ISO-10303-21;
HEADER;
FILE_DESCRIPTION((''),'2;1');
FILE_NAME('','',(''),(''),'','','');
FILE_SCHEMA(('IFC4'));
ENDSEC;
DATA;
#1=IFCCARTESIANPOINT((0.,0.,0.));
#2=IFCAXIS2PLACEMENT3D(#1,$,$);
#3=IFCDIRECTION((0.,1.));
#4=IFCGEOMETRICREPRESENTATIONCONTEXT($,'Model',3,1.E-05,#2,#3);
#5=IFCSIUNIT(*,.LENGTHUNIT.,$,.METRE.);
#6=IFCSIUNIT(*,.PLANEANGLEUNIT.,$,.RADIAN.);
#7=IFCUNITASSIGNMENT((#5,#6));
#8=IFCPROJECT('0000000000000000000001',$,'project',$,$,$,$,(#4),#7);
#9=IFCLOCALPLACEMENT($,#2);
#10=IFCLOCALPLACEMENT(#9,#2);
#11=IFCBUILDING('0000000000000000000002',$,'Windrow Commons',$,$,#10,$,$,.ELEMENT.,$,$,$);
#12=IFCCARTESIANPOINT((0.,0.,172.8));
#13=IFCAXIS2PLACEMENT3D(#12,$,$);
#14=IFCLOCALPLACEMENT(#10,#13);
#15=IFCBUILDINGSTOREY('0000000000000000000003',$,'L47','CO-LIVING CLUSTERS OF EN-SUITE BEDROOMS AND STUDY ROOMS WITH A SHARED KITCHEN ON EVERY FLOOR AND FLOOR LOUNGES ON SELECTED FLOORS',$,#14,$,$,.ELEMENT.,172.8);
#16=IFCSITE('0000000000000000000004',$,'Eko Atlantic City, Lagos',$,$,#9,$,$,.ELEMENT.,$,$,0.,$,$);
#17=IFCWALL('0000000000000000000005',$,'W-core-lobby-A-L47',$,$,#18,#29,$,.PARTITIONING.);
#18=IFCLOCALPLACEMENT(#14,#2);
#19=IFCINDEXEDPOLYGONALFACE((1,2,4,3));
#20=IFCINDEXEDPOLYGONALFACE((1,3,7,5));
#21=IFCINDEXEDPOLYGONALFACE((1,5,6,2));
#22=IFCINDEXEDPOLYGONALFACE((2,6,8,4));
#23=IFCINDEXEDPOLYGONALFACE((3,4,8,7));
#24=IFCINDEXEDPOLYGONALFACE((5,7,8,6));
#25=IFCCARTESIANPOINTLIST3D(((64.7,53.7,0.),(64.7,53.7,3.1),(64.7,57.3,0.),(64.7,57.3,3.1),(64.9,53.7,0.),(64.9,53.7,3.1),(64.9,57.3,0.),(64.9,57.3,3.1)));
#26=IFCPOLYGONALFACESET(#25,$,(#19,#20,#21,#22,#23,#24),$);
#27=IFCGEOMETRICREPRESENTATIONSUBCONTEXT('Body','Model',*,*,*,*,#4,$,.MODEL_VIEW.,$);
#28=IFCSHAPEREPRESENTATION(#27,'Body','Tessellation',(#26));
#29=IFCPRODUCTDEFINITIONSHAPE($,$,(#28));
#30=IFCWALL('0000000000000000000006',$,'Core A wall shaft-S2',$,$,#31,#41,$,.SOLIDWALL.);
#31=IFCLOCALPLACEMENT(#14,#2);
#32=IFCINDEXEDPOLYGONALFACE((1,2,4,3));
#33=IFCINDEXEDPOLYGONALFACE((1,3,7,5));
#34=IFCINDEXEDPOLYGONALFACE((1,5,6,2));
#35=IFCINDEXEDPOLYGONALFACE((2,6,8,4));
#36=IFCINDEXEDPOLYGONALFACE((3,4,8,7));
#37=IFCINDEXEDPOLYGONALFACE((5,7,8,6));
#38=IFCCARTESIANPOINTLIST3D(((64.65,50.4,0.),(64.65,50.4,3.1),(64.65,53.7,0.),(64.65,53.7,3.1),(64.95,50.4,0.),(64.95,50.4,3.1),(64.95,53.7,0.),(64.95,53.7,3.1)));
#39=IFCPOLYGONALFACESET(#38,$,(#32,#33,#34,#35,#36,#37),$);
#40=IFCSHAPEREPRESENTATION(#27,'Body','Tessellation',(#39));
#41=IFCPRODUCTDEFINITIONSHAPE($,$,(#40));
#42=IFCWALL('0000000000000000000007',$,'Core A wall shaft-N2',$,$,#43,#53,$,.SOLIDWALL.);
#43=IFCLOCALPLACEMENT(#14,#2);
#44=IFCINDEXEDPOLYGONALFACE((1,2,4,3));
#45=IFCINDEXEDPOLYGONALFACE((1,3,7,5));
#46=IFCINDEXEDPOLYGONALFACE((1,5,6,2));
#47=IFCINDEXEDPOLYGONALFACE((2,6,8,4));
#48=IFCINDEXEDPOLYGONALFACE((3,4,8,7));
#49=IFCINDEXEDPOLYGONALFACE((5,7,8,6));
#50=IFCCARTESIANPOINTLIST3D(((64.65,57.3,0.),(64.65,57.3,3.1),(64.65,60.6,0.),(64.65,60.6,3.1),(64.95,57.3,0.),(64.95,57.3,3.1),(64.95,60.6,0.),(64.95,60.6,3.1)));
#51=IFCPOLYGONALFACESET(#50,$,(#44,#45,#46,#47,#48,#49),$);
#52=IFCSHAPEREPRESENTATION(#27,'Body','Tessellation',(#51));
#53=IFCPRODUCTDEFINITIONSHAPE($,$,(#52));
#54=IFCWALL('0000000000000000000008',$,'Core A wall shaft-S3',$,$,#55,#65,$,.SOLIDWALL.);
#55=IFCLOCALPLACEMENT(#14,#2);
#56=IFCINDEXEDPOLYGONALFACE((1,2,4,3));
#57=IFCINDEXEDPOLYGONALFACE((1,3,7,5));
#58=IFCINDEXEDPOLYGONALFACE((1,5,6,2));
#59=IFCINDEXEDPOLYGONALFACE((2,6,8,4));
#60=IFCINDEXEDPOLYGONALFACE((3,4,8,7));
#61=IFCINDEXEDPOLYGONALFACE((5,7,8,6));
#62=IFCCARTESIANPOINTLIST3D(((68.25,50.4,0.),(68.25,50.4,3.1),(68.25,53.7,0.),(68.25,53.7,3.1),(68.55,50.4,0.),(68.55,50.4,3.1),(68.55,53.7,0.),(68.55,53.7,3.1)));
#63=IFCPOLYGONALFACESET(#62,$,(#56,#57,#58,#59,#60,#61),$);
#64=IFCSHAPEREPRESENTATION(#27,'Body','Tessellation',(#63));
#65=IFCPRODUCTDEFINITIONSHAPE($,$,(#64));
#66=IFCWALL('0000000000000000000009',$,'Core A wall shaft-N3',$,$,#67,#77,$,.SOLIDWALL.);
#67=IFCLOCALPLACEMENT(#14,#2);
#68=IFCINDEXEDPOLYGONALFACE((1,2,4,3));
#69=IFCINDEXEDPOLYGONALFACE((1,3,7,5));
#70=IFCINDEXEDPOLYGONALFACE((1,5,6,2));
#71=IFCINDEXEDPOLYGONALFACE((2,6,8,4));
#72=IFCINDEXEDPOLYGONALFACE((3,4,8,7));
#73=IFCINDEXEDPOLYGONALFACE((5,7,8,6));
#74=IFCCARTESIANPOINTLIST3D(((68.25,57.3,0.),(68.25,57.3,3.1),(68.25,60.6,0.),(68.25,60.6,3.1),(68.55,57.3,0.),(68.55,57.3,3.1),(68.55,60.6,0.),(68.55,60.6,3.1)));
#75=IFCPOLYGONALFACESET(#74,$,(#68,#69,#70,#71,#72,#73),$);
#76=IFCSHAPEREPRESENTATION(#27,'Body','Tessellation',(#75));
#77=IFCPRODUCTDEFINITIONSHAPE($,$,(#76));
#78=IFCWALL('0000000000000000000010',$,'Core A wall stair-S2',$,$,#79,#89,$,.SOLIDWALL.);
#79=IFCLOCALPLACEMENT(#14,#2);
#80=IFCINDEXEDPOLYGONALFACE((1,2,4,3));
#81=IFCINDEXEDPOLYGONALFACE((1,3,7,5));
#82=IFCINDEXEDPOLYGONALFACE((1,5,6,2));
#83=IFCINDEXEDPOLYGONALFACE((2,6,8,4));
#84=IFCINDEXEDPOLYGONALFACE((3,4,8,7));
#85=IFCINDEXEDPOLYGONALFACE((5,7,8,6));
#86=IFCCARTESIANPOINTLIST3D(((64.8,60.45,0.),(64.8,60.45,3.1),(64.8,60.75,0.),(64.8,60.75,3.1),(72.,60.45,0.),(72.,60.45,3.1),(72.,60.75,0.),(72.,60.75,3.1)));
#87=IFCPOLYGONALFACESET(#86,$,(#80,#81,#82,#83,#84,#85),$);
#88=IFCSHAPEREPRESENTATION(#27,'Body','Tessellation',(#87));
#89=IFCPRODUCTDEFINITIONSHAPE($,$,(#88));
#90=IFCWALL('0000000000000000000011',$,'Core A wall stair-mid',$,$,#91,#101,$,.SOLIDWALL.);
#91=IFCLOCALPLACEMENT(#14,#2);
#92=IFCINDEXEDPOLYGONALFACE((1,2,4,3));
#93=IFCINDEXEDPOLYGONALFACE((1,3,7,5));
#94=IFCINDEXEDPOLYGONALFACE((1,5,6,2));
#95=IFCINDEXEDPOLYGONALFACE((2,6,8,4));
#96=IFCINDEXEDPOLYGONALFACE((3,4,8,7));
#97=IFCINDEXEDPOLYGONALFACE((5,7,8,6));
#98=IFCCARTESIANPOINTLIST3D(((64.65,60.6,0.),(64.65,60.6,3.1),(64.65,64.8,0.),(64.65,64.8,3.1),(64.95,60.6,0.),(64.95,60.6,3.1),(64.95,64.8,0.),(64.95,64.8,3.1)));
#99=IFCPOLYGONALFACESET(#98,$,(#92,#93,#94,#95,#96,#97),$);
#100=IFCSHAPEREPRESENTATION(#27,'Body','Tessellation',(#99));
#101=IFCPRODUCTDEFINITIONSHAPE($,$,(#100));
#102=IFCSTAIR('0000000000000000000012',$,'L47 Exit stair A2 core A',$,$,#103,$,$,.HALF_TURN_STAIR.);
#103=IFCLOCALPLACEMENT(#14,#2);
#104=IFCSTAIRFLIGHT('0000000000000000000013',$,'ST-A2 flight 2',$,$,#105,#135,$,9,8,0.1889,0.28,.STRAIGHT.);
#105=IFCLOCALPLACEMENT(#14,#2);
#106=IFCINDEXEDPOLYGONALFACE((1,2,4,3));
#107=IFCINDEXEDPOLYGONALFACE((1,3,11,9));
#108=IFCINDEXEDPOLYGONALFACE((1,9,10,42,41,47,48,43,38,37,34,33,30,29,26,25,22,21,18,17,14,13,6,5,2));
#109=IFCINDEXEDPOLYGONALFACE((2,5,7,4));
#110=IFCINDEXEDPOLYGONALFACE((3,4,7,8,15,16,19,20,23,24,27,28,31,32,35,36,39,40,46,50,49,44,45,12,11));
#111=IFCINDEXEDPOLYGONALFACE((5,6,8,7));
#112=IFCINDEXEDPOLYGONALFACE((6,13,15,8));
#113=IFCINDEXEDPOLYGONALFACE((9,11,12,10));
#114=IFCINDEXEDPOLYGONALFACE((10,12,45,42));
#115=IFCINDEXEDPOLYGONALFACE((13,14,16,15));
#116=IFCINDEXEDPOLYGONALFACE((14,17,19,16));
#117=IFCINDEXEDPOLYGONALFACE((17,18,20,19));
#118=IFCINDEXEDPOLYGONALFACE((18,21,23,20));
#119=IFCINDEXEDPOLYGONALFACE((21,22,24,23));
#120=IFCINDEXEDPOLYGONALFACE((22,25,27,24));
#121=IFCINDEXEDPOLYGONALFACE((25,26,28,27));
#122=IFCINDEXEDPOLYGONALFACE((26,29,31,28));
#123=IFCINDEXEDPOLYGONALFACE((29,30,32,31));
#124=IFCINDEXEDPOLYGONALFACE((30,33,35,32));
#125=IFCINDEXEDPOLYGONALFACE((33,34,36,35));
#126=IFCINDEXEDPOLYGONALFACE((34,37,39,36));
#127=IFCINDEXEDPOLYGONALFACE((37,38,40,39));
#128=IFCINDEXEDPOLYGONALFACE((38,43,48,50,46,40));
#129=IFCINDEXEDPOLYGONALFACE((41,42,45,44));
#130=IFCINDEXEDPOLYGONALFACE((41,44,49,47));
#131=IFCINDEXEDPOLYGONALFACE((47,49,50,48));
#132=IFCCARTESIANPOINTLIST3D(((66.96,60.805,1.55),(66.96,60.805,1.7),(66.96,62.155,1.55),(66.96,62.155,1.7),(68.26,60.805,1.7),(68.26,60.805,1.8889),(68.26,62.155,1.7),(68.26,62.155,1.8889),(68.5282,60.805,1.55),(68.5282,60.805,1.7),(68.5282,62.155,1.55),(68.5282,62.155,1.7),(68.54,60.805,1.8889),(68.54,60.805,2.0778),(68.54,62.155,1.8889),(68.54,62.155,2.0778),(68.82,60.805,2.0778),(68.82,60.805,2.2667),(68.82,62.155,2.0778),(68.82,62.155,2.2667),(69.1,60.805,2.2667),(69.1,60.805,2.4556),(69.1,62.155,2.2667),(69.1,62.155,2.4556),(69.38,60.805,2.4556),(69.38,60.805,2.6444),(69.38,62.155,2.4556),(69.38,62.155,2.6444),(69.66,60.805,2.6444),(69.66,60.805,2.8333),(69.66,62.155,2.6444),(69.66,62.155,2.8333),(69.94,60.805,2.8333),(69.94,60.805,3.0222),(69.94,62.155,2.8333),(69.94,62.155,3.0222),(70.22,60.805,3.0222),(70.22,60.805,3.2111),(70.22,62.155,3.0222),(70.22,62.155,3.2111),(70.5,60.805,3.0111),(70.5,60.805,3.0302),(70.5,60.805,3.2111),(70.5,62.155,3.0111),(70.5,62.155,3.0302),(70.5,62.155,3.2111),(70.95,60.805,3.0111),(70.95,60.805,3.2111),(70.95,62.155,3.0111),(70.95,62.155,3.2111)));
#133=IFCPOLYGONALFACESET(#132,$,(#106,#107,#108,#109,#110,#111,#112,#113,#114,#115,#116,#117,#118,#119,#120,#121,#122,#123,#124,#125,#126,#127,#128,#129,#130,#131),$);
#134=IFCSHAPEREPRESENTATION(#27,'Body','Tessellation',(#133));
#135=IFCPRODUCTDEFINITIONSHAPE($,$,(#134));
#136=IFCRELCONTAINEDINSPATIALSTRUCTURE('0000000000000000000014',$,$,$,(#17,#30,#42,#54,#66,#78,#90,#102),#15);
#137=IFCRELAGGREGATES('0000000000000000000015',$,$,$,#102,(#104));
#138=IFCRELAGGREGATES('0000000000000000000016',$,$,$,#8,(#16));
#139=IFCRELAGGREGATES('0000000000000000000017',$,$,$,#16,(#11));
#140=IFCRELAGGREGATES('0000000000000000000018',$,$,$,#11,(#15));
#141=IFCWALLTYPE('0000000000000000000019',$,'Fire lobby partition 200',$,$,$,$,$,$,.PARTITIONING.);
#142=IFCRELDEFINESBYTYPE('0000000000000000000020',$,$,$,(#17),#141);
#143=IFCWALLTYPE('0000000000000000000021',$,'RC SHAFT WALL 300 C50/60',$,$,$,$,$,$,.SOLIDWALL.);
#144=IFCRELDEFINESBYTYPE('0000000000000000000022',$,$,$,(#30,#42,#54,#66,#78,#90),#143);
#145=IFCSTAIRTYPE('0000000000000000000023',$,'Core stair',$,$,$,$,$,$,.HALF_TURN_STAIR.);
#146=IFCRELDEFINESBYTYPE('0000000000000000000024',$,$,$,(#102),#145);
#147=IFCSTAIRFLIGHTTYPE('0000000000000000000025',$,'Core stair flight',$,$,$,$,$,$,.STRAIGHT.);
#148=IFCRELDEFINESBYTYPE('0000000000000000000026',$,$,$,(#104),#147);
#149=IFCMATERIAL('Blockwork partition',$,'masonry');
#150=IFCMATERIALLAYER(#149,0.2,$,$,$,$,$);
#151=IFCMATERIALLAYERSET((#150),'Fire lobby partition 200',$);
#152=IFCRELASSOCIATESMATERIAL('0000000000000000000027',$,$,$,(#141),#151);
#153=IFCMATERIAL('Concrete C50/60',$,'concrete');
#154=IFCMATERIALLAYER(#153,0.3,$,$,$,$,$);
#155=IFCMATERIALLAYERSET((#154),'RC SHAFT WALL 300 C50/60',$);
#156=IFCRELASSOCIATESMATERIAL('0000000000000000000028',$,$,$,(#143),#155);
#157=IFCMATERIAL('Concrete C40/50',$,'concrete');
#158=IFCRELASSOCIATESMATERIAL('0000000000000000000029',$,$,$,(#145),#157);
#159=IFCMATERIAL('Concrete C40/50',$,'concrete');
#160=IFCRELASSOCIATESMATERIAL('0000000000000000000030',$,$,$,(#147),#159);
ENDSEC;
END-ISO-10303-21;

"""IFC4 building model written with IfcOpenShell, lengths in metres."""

from ifc_helpers import new_model, si_unit, direction, frame, frame_2d, origin, place, context, subcontext, project, spatial, polyline, rectangle, outline, extrude, material, layer, layer_set, type_object, element, aggregate, save


model = new_model("IFC4")

# Units and contexts
model_context = context("Model", 3, precision=1e-05, world=origin(), true_north=direction((0.0, 1.0)))
body_context = subcontext(model_context, "Body", "Model", "MODEL_VIEW")
ifc_project = project(units=[si_unit("LENGTHUNIT", "METRE"), si_unit("PLANEANGLEUNIT", "RADIAN")], contexts=[model_context])

# Site, building, storey
site_placement = place(None, origin())
site = spatial("IfcSite", under=ifc_project, at=site_placement, Name="Eko Atlantic City, Lagos", CompositionType="ELEMENT", RefElevation=0.0)
building_placement = place(site_placement, origin())
building = spatial("IfcBuilding", under=site, at=building_placement, Name="Windrow Commons", CompositionType="ELEMENT")
storey_placement = place(building_placement, frame((0.0, 0.0, 172.8)))
storey = spatial("IfcBuildingStorey", under=building, at=storey_placement, Name="L47", Description="CO-LIVING CLUSTERS OF EN-SUITE BEDROOMS AND STUDY ROOMS WITH A SHARED KITCHEN ON EVERY FLOOR AND FLOOR LOUNGES ON SELECTED FLOORS", CompositionType="ELEMENT", Elevation=172.8)

# Walls
ifc_material_1 = material(Name="Blockwork partition", Category="masonry")
ifc_layer_1 = layer(ifc_material_1, 0.2)
ifc_layer_set_1 = layer_set([ifc_layer_1], Name="Fire lobby partition 200")
wall_type_1 = type_object("IfcWallType", Name="Fire lobby partition 200", PredefinedType="PARTITIONING", material=ifc_layer_set_1)
wall_1_placement = place(storey_placement, frame((64.8, 53.7, 0.0), z_axis=(0.0, 0.0, 1.0), x_axis=(0.0, 1.0, 0.0)))
element("IfcWall", 1, at=wall_1_placement, inside=storey, type_object=wall_type_1, Name="W-core-lobby-A-L47", PredefinedType="PARTITIONING", context=body_context, shape_type="SweptSolid", body=[
    extrude(rectangle(XDim=3.6, YDim=0.2, at=frame_2d((1.8, 0.0))), origin(), (0.0, 0.0, 1.0), 3.1),
])
ifc_material_2 = material(Name="Concrete C50/60", Category="concrete")
ifc_layer_2 = layer(ifc_material_2, 0.3)
ifc_layer_set_2 = layer_set([ifc_layer_2], Name="RC SHAFT WALL 300 C50/60")
wall_type_2 = type_object("IfcWallType", Name="RC SHAFT WALL 300 C50/60", PredefinedType="SOLIDWALL", material=ifc_layer_set_2)
for number, where, z_axis, x_axis, name in (
    (2, (64.8, 50.4, 0.0), (0.0, 0.0, 1.0), (0.0, 1.0, 0.0), "Core A wall shaft-S2"),
    (3, (64.8, 57.3, 0.0), (0.0, 0.0, 1.0), (0.0, 1.0, 0.0), "Core A wall shaft-N2"),
    (4, (68.4, 50.4, 0.0), (0.0, 0.0, 1.0), (0.0, 1.0, 0.0), "Core A wall shaft-S3"),
    (5, (68.4, 57.3, 0.0), (0.0, 0.0, 1.0), (0.0, 1.0, 0.0), "Core A wall shaft-N3"),
):
    element("IfcWall", number, at=place(storey_placement, frame(where, z_axis=z_axis, x_axis=x_axis)), inside=storey, type_object=wall_type_2, Name=name, PredefinedType="SOLIDWALL", context=body_context, shape_type="SweptSolid", body=[
        extrude(rectangle(XDim=3.3, YDim=0.3, at=frame_2d((1.65, 0.0))), origin(), (0.0, 0.0, 1.0), 3.1),
    ])
wall_2_placement = place(storey_placement, frame((64.8, 60.6, 0.0), z_axis=(0.0, 0.0, 1.0), x_axis=(1.0, 0.0, 0.0)))
element("IfcWall", 6, at=wall_2_placement, inside=storey, type_object=wall_type_2, Name="Core A wall stair-S2", PredefinedType="SOLIDWALL", context=body_context, shape_type="SweptSolid", body=[
    extrude(rectangle(XDim=7.2, YDim=0.3, at=frame_2d((3.6, 0.0))), origin(), (0.0, 0.0, 1.0), 3.1),
])
wall_3_placement = place(storey_placement, frame((64.8, 60.6, 0.0), z_axis=(0.0, 0.0, 1.0), x_axis=(0.0, 1.0, 0.0)))
element("IfcWall", 7, at=wall_3_placement, inside=storey, type_object=wall_type_2, Name="Core A wall stair-mid", PredefinedType="SOLIDWALL", context=body_context, shape_type="SweptSolid", body=[
    extrude(rectangle(XDim=4.2, YDim=0.3, at=frame_2d((2.1, 0.0))), origin(), (0.0, 0.0, 1.0), 3.1),
])

# Stair, stair flight
ifc_material_3 = material(Name="Concrete C40/50", Category="concrete")
stair_type = type_object("IfcStairType", Name="Core stair", PredefinedType="HALF_TURN_STAIR", material=ifc_material_3)
stair_placement = place(storey_placement, origin())
stair = element("IfcStair", 8, at=stair_placement, inside=storey, type_object=stair_type, Name="L47 Exit stair A2 core A", PredefinedType="HALF_TURN_STAIR")
ifc_material_4 = material(Name="Concrete C40/50", Category="concrete")
stair_flight_type = type_object("IfcStairFlightType", Name="Core stair flight", PredefinedType="STRAIGHT", material=ifc_material_4)
stair_flight_placement = place(storey_placement, frame((68.26, 61.48, 1.7), z_axis=(0.0, 0.0, 1.0), x_axis=(1.0, 0.0, 0.0)))
stair_flight = element("IfcStairFlight", 9, at=stair_flight_placement, type_object=stair_flight_type, Name="ST-A2 flight 2", NumberOfRisers=9, NumberOfTreads=8, PredefinedType="STRAIGHT", RiserHeight=0.1889, TreadLength=0.28, context=body_context, shape_type="SweptSolid", body=[
    extrude(outline(polyline([(-1.3, -0.15), (-1.3, 0.0), (0.0, 0.0), (0.0, 0.1889), (0.28, 0.1889), (0.28, 0.3778), (0.56, 0.3778), (0.56, 0.5667), (0.84, 0.5667), (0.84, 0.7556), (1.12, 0.7556), (1.12, 0.9444), (1.4, 0.9444), (1.4, 1.1333), (1.68, 1.1333), (1.68, 1.3222), (1.96, 1.3222), (1.96, 1.5111), (2.24, 1.5111), (2.69, 1.5111), (2.69, 1.3111), (2.24, 1.3111), (2.24, 1.3302), (0.2682, 0.0), (0.2682, -0.15), (-1.3, -0.15)])), frame((0.0, 0.675, 0.0), z_axis=(0.0, -1.0, 0.0), x_axis=(1.0, 0.0, 0.0)), (0.0, 0.0, 1.0), 1.35),
])
aggregate(stair, [stair_flight])

save(model, "model.ifc")
